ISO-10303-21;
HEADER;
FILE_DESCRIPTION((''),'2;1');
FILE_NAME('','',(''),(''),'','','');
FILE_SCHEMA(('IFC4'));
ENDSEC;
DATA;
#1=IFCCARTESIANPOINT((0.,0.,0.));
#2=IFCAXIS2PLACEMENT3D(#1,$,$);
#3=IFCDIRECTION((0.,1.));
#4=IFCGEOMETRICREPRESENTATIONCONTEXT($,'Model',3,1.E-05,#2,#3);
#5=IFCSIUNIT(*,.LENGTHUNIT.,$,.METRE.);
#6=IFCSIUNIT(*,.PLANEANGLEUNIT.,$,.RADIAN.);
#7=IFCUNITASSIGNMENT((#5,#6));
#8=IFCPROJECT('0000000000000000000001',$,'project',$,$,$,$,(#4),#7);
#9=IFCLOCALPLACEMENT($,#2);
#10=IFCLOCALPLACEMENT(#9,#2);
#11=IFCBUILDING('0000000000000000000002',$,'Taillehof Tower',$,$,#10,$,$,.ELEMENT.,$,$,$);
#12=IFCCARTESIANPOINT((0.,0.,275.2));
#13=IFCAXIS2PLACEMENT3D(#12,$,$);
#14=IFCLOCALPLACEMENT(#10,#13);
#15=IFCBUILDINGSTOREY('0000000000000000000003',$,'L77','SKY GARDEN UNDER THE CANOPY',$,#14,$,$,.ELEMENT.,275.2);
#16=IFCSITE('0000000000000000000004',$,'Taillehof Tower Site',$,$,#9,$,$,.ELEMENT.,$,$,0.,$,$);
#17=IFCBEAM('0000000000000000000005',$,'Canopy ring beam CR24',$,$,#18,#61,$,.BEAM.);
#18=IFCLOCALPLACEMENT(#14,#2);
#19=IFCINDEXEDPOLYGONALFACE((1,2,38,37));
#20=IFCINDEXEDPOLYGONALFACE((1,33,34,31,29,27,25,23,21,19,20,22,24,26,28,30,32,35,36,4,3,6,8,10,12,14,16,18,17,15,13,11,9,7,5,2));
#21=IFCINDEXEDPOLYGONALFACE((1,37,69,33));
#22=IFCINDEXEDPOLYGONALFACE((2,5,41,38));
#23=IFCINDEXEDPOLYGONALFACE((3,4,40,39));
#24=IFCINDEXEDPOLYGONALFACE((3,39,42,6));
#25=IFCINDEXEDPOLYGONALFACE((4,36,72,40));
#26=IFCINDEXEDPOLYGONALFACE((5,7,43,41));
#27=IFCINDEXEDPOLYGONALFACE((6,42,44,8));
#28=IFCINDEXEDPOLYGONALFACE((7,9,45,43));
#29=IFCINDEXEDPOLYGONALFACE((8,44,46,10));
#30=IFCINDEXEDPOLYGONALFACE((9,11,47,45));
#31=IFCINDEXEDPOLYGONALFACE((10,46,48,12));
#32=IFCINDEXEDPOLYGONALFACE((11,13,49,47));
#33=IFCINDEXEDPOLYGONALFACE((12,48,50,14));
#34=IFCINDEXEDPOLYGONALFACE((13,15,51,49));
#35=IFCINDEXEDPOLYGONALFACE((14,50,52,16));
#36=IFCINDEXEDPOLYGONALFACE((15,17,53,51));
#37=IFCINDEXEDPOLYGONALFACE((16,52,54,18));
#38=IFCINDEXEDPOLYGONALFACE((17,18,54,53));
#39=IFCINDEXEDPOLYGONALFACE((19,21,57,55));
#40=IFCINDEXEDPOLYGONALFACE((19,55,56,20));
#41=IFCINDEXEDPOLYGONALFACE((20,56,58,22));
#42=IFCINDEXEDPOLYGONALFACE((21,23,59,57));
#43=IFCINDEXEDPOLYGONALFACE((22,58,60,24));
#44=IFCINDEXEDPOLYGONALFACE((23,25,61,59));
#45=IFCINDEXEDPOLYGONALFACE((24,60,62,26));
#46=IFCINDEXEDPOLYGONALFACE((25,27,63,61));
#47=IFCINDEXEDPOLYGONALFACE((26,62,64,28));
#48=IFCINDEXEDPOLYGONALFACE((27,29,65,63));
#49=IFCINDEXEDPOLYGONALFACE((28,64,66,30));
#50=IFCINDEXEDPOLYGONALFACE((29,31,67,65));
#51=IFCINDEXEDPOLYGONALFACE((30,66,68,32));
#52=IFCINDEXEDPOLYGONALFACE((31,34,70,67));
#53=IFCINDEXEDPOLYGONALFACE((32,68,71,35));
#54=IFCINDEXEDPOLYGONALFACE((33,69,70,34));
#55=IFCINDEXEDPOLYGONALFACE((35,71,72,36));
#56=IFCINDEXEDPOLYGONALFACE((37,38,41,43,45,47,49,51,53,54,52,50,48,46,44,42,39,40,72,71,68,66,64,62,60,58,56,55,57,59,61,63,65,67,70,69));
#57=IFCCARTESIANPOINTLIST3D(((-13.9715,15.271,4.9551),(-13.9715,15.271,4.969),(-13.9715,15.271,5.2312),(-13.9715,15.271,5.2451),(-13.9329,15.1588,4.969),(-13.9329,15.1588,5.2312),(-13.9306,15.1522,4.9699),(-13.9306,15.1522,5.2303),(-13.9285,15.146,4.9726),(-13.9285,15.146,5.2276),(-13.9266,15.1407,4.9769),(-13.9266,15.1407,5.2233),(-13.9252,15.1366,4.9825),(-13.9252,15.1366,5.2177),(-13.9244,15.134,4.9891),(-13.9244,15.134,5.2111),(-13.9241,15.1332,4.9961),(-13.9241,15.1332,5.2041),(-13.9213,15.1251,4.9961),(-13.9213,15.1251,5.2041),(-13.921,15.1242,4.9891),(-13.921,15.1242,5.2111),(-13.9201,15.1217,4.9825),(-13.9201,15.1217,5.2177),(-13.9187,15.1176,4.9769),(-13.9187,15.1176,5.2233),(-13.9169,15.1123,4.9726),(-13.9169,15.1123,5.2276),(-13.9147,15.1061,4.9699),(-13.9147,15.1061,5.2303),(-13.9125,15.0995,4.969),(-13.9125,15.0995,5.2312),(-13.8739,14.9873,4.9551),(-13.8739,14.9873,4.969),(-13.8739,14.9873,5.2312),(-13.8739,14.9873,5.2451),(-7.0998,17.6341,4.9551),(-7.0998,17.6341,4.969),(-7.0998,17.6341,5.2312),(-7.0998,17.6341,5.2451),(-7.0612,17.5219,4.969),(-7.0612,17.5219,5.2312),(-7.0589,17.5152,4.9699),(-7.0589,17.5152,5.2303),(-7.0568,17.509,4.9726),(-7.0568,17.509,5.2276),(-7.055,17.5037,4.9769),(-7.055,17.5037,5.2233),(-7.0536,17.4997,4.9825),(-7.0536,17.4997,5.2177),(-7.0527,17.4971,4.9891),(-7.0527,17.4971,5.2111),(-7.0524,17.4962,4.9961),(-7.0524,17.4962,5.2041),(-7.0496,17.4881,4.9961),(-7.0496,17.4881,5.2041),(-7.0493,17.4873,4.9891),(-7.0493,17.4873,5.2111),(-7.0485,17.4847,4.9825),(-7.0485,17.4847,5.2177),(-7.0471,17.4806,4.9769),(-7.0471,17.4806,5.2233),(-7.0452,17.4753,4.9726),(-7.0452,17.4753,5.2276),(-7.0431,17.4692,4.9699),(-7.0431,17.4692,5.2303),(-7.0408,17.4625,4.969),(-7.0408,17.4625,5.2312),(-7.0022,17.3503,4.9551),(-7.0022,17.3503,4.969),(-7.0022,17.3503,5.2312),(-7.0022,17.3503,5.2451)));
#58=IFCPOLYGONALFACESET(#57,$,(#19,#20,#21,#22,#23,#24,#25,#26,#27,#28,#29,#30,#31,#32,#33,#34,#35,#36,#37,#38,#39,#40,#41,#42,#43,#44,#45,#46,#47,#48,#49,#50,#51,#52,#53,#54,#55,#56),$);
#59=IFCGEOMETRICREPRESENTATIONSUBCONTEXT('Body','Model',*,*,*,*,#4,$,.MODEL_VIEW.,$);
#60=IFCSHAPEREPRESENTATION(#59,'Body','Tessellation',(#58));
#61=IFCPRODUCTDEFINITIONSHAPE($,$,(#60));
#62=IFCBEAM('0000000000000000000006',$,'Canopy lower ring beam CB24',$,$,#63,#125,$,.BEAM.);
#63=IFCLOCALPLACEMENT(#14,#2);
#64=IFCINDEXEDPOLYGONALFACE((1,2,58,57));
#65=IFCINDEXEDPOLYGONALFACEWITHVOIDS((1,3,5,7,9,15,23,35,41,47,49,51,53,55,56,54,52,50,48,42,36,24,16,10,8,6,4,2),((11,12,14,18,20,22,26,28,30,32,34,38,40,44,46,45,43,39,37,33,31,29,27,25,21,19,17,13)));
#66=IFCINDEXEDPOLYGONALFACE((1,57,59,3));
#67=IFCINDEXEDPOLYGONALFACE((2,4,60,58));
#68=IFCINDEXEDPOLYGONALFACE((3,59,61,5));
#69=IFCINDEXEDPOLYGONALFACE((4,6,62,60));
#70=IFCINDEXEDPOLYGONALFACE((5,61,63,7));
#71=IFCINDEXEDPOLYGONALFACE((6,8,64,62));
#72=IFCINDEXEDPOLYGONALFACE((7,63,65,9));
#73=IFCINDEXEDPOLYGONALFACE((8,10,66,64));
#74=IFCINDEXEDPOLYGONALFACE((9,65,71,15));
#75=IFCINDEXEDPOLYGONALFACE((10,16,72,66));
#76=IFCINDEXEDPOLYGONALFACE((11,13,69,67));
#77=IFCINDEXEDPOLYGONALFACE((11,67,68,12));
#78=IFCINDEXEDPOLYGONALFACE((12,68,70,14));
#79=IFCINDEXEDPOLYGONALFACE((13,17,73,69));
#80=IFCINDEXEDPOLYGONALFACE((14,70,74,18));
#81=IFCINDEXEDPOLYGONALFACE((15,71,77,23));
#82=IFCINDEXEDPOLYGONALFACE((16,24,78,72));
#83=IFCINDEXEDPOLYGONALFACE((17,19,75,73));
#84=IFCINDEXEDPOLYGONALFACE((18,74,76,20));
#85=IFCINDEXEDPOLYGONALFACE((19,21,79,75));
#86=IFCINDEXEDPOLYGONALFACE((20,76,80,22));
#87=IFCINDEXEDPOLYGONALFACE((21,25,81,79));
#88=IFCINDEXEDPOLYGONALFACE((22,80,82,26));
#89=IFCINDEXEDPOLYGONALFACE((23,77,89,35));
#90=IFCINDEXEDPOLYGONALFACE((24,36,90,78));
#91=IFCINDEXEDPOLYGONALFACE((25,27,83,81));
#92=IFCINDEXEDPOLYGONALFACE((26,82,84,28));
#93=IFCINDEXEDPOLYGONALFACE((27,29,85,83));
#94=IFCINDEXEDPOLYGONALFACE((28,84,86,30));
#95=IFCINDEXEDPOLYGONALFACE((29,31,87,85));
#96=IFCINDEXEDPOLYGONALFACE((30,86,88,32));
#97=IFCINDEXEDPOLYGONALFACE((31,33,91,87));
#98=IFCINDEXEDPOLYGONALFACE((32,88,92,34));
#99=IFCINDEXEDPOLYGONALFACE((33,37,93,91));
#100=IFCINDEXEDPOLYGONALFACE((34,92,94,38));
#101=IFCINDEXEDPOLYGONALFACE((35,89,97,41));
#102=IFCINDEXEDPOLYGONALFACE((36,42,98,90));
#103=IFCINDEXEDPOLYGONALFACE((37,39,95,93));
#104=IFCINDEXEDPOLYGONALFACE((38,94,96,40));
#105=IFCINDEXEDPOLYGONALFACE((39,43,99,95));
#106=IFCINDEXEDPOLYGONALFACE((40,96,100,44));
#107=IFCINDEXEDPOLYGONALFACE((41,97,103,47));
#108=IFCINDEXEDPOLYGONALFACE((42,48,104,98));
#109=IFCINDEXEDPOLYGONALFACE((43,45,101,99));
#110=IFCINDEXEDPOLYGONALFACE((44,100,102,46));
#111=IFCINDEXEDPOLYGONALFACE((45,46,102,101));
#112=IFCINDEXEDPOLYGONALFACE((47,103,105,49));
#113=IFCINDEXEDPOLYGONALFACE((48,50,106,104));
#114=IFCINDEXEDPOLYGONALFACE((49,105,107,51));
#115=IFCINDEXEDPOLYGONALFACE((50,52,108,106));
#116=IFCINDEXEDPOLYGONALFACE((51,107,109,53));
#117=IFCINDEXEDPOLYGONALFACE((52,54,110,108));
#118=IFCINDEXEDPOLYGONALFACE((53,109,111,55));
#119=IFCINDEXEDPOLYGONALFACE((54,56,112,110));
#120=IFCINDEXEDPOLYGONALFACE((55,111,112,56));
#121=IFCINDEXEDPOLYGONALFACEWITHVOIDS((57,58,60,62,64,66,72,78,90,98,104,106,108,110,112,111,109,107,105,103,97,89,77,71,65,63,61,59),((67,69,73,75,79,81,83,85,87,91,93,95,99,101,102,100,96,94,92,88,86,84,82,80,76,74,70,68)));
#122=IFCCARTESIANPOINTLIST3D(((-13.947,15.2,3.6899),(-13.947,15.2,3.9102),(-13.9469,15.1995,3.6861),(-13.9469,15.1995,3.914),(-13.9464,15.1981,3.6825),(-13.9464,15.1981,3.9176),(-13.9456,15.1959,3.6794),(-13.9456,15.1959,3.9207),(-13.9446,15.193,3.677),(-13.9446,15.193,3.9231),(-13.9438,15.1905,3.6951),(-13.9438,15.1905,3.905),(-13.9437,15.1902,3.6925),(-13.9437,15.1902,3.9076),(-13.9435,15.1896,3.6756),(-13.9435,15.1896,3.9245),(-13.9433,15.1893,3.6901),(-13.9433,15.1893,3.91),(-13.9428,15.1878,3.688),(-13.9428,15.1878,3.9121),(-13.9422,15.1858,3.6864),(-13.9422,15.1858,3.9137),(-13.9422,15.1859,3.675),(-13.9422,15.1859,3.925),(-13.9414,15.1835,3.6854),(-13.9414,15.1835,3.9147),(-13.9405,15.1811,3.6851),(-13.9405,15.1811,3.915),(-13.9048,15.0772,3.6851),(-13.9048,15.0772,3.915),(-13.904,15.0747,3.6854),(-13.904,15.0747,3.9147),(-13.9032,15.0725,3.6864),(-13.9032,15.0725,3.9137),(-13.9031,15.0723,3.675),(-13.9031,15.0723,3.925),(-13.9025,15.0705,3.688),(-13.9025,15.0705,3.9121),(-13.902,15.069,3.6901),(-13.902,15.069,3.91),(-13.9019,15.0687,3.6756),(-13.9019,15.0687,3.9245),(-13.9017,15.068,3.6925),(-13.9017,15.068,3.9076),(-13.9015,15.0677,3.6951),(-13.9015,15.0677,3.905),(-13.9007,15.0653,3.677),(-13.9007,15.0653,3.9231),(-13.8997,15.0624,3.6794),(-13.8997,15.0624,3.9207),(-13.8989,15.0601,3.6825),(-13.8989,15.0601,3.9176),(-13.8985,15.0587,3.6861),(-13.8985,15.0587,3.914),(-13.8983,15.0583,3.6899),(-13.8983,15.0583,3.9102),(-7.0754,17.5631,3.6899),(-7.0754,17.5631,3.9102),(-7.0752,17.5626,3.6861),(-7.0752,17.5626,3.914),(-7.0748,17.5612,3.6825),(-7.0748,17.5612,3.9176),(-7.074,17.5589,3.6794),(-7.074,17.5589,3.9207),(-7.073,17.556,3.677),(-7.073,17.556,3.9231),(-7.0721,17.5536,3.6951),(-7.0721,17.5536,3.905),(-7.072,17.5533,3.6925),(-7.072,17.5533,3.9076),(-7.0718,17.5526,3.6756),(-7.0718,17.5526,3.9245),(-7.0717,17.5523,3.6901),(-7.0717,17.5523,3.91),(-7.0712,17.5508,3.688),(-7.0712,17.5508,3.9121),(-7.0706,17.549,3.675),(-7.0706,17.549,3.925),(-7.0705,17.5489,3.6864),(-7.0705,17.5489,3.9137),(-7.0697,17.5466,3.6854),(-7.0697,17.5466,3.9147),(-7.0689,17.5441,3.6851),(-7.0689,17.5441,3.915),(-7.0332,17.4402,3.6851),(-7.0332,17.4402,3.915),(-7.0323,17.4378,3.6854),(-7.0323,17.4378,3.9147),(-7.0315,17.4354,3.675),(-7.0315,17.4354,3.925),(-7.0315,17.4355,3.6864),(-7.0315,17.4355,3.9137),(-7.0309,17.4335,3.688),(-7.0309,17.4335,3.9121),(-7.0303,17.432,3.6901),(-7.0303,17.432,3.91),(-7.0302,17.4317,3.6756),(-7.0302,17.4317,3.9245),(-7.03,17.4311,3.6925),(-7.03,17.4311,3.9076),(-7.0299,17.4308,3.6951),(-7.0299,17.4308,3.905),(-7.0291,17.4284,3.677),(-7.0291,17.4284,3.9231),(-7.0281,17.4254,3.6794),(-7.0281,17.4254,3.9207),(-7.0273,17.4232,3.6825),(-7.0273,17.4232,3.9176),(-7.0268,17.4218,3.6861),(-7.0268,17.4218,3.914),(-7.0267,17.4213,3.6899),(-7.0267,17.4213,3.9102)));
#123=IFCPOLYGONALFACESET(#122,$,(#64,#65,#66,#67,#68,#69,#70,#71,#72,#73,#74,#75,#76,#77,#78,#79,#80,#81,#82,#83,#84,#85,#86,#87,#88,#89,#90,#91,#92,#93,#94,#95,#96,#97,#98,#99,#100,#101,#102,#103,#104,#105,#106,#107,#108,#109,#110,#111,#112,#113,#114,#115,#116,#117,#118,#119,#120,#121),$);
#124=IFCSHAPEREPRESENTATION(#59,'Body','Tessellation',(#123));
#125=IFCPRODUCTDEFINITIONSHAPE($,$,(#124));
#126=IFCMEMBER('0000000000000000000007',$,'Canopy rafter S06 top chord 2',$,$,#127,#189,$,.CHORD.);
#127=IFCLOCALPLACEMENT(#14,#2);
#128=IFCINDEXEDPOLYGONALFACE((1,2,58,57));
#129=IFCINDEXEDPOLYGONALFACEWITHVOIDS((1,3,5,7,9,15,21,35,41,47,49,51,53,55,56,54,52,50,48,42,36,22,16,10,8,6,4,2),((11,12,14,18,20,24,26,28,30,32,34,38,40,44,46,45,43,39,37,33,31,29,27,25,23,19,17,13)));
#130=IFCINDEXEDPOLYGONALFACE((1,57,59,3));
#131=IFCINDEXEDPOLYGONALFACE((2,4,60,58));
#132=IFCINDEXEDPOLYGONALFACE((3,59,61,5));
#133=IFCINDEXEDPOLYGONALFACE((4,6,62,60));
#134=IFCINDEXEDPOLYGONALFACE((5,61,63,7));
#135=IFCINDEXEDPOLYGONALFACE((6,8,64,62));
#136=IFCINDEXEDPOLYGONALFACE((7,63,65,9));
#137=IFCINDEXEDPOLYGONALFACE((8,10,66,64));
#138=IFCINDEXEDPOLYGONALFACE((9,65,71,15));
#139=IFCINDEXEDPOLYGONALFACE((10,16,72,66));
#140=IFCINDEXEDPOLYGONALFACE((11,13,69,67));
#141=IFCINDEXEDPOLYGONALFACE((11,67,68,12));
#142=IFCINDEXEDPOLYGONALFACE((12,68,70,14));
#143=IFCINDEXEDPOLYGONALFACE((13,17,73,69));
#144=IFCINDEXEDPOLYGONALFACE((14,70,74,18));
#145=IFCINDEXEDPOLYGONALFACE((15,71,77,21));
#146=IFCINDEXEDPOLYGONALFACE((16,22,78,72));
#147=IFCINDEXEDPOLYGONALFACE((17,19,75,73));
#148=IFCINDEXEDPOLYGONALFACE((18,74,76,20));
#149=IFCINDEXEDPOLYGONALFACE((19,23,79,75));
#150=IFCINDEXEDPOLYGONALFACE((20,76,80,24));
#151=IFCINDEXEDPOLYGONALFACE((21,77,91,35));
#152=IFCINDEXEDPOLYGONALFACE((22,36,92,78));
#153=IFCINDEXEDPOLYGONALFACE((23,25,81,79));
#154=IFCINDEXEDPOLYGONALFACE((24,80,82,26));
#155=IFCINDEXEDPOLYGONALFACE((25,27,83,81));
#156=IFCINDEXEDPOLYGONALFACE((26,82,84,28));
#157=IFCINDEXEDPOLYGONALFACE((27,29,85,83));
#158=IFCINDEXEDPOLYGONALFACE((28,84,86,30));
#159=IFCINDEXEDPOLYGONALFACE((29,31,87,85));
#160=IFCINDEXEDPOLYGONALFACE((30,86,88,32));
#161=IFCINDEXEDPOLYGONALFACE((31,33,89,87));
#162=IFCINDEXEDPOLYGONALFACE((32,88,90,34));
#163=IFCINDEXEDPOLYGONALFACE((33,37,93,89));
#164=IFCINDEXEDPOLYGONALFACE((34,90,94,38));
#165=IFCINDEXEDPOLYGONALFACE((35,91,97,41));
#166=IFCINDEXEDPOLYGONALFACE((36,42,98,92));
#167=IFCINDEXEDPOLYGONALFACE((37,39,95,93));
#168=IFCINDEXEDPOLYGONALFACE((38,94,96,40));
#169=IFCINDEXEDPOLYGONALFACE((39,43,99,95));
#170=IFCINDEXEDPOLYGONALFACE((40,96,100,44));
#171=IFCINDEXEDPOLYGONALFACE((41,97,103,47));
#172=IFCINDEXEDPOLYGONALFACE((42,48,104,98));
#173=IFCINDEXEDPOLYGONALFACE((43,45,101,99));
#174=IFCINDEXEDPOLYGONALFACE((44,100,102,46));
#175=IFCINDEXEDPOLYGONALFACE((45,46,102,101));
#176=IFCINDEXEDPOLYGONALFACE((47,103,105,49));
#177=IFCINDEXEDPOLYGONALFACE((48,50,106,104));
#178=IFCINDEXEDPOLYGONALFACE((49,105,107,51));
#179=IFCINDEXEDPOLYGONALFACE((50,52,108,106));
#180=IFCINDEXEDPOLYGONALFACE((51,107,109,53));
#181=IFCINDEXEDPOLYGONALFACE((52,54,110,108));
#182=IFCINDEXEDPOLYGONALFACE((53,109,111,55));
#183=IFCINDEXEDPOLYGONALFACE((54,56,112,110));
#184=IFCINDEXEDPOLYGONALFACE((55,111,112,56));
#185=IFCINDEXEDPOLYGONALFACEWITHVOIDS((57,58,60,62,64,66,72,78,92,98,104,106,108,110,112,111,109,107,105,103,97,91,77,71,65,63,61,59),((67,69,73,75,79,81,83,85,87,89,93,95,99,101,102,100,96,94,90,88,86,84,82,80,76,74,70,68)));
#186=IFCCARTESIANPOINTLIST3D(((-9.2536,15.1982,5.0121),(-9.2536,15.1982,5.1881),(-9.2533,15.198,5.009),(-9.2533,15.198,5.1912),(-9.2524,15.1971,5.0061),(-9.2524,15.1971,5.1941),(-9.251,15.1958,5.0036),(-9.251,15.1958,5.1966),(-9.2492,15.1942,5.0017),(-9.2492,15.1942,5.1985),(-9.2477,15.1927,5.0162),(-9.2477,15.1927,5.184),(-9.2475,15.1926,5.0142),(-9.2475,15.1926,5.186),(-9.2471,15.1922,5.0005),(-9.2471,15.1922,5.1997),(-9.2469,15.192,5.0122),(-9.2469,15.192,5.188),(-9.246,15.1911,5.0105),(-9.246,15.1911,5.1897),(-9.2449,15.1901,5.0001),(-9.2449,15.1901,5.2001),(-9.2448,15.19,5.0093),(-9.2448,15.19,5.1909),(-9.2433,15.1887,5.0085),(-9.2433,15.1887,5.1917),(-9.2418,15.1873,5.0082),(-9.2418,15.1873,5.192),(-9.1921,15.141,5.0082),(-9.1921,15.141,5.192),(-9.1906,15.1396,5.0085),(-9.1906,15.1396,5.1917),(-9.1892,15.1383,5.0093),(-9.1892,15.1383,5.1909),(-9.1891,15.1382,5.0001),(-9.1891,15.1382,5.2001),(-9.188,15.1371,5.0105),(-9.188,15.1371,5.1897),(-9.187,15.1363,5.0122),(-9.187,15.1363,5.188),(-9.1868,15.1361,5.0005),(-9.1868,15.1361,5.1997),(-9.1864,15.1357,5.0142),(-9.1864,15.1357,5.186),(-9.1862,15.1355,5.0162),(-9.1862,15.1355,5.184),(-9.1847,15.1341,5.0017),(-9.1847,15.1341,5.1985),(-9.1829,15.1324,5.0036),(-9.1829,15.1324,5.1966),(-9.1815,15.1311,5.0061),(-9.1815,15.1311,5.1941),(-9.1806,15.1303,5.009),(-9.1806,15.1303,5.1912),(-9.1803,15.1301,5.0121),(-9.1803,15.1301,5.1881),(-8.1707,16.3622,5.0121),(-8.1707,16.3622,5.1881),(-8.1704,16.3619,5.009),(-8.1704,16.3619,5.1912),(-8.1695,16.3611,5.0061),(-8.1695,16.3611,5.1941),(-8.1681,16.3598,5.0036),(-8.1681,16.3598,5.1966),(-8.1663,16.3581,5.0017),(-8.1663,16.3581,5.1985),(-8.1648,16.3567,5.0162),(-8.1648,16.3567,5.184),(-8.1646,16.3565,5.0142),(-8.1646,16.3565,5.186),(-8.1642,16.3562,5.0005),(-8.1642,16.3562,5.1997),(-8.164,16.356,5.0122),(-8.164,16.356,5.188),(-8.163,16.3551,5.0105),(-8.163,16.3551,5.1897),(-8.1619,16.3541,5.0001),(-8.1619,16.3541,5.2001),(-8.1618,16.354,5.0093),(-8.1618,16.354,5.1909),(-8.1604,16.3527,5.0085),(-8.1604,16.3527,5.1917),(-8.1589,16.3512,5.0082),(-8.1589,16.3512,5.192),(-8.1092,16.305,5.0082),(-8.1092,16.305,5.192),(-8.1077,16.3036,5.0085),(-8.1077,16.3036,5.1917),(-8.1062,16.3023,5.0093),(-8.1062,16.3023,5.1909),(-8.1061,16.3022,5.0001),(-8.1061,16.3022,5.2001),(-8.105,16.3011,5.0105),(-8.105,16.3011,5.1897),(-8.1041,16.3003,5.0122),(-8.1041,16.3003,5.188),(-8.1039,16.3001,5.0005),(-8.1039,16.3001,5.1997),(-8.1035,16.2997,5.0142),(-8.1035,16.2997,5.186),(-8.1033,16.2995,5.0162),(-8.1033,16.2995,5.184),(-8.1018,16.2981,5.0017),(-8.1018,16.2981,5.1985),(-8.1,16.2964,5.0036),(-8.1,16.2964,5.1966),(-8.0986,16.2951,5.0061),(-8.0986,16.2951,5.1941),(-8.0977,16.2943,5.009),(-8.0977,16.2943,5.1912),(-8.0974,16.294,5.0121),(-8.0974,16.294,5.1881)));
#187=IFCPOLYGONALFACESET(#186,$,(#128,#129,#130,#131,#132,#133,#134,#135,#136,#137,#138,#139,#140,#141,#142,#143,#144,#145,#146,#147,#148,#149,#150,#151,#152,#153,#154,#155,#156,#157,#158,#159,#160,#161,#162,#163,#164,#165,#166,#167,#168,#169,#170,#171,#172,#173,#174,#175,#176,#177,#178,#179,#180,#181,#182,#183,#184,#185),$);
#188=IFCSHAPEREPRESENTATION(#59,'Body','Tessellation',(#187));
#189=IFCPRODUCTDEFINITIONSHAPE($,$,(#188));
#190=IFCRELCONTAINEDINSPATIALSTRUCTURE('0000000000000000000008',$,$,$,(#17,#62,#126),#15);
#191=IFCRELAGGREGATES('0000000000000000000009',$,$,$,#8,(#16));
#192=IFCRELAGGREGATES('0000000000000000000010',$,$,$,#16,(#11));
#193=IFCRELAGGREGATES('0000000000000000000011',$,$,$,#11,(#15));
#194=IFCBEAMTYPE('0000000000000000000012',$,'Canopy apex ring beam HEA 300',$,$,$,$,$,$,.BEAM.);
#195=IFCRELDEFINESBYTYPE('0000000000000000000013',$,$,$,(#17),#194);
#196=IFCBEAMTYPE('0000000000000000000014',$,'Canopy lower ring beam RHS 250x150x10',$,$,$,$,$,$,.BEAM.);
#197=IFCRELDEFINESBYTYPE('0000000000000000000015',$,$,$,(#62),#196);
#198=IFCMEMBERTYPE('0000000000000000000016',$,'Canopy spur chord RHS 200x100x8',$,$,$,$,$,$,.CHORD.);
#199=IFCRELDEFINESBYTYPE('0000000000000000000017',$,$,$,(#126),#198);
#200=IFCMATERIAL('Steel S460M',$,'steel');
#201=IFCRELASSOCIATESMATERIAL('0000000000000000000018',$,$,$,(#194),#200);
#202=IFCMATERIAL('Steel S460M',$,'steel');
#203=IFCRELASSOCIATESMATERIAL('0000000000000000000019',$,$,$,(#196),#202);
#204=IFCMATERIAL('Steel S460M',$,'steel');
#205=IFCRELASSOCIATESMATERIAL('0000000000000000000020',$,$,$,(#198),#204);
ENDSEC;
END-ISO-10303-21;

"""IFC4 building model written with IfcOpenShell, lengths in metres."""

from ifc_helpers import new_model, si_unit, direction, frame, origin, origin_2d, place, context, subcontext, project, spatial, hollow_rectangle, i_section, extrude, material, material_profile, profile_set, type_object, element, save


model = new_model("IFC4")

# Units and contexts
model_context = context("Model", 3, precision=1e-05, world=origin(), true_north=direction((0.0, 1.0)))
body_context = subcontext(model_context, "Body", "Model", "MODEL_VIEW")
ifc_project = project(units=[si_unit("LENGTHUNIT", "METRE"), si_unit("PLANEANGLEUNIT", "RADIAN")], contexts=[model_context])

# Site, building, storey
site_placement = place(None, origin())
site = spatial("IfcSite", under=ifc_project, at=site_placement, Name="Taillehof Tower Site", CompositionType="ELEMENT", RefElevation=0.0)
building_placement = place(site_placement, origin())
building = spatial("IfcBuilding", under=site, at=building_placement, Name="Taillehof Tower", CompositionType="ELEMENT")
storey_placement = place(building_placement, frame((0.0, 0.0, 275.2)))
storey = spatial("IfcBuildingStorey", under=building, at=storey_placement, Name="L77", Description="SKY GARDEN UNDER THE CANOPY", CompositionType="ELEMENT", Elevation=275.2)

# Beams
ifc_material_1 = material(Name="Steel S460M", Category="steel")
ifc_material_profile_1 = material_profile(ifc_material_1, i_section(OverallWidth=0.3, OverallDepth=0.29, WebThickness=0.0085, FlangeThickness=0.0139, FilletRadius=0.0271, at=origin_2d()), Name="HEA 300")
ifc_profile_set_1 = profile_set([ifc_material_profile_1], Name="Steel S460M")
beam_type_1 = type_object("IfcBeamType", Name="Canopy apex ring beam HEA 300", PredefinedType="BEAM", material=ifc_profile_set_1)
beam_1_placement = place(storey_placement, frame((-7.051, 17.4922, 5.1001), z_axis=(-0.945647, -0.325194, 0.0), x_axis=(0.325194, -0.945647, 0.0)))
element("IfcBeam", 1, at=beam_1_placement, inside=storey, type_object=beam_type_1, Name="Canopy ring beam CR24", PredefinedType="BEAM", context=body_context, shape_type="SweptSolid", body=[
    extrude(i_section(OverallWidth=0.3, OverallDepth=0.29, WebThickness=0.0085, FlangeThickness=0.0139, FilletRadius=0.0271, at=origin_2d()), origin(), (0.0, 0.0, 1.0), 7.2666),
])
ifc_material_2 = material(Name="Steel S460M", Category="steel")
ifc_material_profile_2 = material_profile(ifc_material_2, hollow_rectangle(XDim=0.1499, YDim=0.25, WallThickness=0.01, InnerFilletRadius=0.01, OuterFilletRadius=0.0149, at=origin_2d()), Name="RHS 250x150x10")
ifc_profile_set_2 = profile_set([ifc_material_profile_2], Name="Steel S460M")
beam_type_2 = type_object("IfcBeamType", Name="Canopy lower ring beam RHS 250x150x10", PredefinedType="BEAM", material=ifc_profile_set_2)
beam_2_placement = place(storey_placement, frame((-7.051, 17.4922, 3.8), z_axis=(-0.945647, -0.325194, 0.0), x_axis=(0.325194, -0.945647, 0.0)))
element("IfcBeam", 2, at=beam_2_placement, inside=storey, type_object=beam_type_2, Name="Canopy lower ring beam CB24", PredefinedType="BEAM", context=body_context, shape_type="SweptSolid", body=[
    extrude(hollow_rectangle(XDim=0.1499, YDim=0.25, WallThickness=0.01, InnerFilletRadius=0.01, OuterFilletRadius=0.0149, at=origin_2d()), origin(), (0.0, 0.0, 1.0), 7.2666),
])

# Member
ifc_material_3 = material(Name="Steel S460M", Category="steel")
ifc_material_profile_3 = material_profile(ifc_material_3, hollow_rectangle(XDim=0.1001, YDim=0.2, WallThickness=0.0081, InnerFilletRadius=0.0081, OuterFilletRadius=0.012, at=origin_2d()), Name="RHS 200x100x8")
ifc_profile_set_3 = profile_set([ifc_material_profile_3], Name="Steel S460M")
member_type_1 = type_object("IfcMemberType", Name="Canopy spur chord RHS 200x100x8", PredefinedType="CHORD", material=ifc_profile_set_3)
for number, where, z_axis, x_axis, name in (
    (3, (-8.134, 16.3281, 5.1001), (-0.681158, -0.732137, 0.0), (0.732137, -0.681158, 0.0), "Canopy rafter S06 top chord 2"),
):
    element("IfcMember", number, at=place(storey_placement, frame(where, z_axis=z_axis, x_axis=x_axis)), inside=storey, type_object=member_type_1, Name=name, PredefinedType="CHORD", context=body_context, shape_type="SweptSolid", body=[
        extrude(hollow_rectangle(XDim=0.1001, YDim=0.2, WallThickness=0.0081, InnerFilletRadius=0.0081, OuterFilletRadius=0.012, at=origin_2d()), origin(), (0.0, 0.0, 1.0), 1.5898),
    ])

save(model, "model.ifc")
